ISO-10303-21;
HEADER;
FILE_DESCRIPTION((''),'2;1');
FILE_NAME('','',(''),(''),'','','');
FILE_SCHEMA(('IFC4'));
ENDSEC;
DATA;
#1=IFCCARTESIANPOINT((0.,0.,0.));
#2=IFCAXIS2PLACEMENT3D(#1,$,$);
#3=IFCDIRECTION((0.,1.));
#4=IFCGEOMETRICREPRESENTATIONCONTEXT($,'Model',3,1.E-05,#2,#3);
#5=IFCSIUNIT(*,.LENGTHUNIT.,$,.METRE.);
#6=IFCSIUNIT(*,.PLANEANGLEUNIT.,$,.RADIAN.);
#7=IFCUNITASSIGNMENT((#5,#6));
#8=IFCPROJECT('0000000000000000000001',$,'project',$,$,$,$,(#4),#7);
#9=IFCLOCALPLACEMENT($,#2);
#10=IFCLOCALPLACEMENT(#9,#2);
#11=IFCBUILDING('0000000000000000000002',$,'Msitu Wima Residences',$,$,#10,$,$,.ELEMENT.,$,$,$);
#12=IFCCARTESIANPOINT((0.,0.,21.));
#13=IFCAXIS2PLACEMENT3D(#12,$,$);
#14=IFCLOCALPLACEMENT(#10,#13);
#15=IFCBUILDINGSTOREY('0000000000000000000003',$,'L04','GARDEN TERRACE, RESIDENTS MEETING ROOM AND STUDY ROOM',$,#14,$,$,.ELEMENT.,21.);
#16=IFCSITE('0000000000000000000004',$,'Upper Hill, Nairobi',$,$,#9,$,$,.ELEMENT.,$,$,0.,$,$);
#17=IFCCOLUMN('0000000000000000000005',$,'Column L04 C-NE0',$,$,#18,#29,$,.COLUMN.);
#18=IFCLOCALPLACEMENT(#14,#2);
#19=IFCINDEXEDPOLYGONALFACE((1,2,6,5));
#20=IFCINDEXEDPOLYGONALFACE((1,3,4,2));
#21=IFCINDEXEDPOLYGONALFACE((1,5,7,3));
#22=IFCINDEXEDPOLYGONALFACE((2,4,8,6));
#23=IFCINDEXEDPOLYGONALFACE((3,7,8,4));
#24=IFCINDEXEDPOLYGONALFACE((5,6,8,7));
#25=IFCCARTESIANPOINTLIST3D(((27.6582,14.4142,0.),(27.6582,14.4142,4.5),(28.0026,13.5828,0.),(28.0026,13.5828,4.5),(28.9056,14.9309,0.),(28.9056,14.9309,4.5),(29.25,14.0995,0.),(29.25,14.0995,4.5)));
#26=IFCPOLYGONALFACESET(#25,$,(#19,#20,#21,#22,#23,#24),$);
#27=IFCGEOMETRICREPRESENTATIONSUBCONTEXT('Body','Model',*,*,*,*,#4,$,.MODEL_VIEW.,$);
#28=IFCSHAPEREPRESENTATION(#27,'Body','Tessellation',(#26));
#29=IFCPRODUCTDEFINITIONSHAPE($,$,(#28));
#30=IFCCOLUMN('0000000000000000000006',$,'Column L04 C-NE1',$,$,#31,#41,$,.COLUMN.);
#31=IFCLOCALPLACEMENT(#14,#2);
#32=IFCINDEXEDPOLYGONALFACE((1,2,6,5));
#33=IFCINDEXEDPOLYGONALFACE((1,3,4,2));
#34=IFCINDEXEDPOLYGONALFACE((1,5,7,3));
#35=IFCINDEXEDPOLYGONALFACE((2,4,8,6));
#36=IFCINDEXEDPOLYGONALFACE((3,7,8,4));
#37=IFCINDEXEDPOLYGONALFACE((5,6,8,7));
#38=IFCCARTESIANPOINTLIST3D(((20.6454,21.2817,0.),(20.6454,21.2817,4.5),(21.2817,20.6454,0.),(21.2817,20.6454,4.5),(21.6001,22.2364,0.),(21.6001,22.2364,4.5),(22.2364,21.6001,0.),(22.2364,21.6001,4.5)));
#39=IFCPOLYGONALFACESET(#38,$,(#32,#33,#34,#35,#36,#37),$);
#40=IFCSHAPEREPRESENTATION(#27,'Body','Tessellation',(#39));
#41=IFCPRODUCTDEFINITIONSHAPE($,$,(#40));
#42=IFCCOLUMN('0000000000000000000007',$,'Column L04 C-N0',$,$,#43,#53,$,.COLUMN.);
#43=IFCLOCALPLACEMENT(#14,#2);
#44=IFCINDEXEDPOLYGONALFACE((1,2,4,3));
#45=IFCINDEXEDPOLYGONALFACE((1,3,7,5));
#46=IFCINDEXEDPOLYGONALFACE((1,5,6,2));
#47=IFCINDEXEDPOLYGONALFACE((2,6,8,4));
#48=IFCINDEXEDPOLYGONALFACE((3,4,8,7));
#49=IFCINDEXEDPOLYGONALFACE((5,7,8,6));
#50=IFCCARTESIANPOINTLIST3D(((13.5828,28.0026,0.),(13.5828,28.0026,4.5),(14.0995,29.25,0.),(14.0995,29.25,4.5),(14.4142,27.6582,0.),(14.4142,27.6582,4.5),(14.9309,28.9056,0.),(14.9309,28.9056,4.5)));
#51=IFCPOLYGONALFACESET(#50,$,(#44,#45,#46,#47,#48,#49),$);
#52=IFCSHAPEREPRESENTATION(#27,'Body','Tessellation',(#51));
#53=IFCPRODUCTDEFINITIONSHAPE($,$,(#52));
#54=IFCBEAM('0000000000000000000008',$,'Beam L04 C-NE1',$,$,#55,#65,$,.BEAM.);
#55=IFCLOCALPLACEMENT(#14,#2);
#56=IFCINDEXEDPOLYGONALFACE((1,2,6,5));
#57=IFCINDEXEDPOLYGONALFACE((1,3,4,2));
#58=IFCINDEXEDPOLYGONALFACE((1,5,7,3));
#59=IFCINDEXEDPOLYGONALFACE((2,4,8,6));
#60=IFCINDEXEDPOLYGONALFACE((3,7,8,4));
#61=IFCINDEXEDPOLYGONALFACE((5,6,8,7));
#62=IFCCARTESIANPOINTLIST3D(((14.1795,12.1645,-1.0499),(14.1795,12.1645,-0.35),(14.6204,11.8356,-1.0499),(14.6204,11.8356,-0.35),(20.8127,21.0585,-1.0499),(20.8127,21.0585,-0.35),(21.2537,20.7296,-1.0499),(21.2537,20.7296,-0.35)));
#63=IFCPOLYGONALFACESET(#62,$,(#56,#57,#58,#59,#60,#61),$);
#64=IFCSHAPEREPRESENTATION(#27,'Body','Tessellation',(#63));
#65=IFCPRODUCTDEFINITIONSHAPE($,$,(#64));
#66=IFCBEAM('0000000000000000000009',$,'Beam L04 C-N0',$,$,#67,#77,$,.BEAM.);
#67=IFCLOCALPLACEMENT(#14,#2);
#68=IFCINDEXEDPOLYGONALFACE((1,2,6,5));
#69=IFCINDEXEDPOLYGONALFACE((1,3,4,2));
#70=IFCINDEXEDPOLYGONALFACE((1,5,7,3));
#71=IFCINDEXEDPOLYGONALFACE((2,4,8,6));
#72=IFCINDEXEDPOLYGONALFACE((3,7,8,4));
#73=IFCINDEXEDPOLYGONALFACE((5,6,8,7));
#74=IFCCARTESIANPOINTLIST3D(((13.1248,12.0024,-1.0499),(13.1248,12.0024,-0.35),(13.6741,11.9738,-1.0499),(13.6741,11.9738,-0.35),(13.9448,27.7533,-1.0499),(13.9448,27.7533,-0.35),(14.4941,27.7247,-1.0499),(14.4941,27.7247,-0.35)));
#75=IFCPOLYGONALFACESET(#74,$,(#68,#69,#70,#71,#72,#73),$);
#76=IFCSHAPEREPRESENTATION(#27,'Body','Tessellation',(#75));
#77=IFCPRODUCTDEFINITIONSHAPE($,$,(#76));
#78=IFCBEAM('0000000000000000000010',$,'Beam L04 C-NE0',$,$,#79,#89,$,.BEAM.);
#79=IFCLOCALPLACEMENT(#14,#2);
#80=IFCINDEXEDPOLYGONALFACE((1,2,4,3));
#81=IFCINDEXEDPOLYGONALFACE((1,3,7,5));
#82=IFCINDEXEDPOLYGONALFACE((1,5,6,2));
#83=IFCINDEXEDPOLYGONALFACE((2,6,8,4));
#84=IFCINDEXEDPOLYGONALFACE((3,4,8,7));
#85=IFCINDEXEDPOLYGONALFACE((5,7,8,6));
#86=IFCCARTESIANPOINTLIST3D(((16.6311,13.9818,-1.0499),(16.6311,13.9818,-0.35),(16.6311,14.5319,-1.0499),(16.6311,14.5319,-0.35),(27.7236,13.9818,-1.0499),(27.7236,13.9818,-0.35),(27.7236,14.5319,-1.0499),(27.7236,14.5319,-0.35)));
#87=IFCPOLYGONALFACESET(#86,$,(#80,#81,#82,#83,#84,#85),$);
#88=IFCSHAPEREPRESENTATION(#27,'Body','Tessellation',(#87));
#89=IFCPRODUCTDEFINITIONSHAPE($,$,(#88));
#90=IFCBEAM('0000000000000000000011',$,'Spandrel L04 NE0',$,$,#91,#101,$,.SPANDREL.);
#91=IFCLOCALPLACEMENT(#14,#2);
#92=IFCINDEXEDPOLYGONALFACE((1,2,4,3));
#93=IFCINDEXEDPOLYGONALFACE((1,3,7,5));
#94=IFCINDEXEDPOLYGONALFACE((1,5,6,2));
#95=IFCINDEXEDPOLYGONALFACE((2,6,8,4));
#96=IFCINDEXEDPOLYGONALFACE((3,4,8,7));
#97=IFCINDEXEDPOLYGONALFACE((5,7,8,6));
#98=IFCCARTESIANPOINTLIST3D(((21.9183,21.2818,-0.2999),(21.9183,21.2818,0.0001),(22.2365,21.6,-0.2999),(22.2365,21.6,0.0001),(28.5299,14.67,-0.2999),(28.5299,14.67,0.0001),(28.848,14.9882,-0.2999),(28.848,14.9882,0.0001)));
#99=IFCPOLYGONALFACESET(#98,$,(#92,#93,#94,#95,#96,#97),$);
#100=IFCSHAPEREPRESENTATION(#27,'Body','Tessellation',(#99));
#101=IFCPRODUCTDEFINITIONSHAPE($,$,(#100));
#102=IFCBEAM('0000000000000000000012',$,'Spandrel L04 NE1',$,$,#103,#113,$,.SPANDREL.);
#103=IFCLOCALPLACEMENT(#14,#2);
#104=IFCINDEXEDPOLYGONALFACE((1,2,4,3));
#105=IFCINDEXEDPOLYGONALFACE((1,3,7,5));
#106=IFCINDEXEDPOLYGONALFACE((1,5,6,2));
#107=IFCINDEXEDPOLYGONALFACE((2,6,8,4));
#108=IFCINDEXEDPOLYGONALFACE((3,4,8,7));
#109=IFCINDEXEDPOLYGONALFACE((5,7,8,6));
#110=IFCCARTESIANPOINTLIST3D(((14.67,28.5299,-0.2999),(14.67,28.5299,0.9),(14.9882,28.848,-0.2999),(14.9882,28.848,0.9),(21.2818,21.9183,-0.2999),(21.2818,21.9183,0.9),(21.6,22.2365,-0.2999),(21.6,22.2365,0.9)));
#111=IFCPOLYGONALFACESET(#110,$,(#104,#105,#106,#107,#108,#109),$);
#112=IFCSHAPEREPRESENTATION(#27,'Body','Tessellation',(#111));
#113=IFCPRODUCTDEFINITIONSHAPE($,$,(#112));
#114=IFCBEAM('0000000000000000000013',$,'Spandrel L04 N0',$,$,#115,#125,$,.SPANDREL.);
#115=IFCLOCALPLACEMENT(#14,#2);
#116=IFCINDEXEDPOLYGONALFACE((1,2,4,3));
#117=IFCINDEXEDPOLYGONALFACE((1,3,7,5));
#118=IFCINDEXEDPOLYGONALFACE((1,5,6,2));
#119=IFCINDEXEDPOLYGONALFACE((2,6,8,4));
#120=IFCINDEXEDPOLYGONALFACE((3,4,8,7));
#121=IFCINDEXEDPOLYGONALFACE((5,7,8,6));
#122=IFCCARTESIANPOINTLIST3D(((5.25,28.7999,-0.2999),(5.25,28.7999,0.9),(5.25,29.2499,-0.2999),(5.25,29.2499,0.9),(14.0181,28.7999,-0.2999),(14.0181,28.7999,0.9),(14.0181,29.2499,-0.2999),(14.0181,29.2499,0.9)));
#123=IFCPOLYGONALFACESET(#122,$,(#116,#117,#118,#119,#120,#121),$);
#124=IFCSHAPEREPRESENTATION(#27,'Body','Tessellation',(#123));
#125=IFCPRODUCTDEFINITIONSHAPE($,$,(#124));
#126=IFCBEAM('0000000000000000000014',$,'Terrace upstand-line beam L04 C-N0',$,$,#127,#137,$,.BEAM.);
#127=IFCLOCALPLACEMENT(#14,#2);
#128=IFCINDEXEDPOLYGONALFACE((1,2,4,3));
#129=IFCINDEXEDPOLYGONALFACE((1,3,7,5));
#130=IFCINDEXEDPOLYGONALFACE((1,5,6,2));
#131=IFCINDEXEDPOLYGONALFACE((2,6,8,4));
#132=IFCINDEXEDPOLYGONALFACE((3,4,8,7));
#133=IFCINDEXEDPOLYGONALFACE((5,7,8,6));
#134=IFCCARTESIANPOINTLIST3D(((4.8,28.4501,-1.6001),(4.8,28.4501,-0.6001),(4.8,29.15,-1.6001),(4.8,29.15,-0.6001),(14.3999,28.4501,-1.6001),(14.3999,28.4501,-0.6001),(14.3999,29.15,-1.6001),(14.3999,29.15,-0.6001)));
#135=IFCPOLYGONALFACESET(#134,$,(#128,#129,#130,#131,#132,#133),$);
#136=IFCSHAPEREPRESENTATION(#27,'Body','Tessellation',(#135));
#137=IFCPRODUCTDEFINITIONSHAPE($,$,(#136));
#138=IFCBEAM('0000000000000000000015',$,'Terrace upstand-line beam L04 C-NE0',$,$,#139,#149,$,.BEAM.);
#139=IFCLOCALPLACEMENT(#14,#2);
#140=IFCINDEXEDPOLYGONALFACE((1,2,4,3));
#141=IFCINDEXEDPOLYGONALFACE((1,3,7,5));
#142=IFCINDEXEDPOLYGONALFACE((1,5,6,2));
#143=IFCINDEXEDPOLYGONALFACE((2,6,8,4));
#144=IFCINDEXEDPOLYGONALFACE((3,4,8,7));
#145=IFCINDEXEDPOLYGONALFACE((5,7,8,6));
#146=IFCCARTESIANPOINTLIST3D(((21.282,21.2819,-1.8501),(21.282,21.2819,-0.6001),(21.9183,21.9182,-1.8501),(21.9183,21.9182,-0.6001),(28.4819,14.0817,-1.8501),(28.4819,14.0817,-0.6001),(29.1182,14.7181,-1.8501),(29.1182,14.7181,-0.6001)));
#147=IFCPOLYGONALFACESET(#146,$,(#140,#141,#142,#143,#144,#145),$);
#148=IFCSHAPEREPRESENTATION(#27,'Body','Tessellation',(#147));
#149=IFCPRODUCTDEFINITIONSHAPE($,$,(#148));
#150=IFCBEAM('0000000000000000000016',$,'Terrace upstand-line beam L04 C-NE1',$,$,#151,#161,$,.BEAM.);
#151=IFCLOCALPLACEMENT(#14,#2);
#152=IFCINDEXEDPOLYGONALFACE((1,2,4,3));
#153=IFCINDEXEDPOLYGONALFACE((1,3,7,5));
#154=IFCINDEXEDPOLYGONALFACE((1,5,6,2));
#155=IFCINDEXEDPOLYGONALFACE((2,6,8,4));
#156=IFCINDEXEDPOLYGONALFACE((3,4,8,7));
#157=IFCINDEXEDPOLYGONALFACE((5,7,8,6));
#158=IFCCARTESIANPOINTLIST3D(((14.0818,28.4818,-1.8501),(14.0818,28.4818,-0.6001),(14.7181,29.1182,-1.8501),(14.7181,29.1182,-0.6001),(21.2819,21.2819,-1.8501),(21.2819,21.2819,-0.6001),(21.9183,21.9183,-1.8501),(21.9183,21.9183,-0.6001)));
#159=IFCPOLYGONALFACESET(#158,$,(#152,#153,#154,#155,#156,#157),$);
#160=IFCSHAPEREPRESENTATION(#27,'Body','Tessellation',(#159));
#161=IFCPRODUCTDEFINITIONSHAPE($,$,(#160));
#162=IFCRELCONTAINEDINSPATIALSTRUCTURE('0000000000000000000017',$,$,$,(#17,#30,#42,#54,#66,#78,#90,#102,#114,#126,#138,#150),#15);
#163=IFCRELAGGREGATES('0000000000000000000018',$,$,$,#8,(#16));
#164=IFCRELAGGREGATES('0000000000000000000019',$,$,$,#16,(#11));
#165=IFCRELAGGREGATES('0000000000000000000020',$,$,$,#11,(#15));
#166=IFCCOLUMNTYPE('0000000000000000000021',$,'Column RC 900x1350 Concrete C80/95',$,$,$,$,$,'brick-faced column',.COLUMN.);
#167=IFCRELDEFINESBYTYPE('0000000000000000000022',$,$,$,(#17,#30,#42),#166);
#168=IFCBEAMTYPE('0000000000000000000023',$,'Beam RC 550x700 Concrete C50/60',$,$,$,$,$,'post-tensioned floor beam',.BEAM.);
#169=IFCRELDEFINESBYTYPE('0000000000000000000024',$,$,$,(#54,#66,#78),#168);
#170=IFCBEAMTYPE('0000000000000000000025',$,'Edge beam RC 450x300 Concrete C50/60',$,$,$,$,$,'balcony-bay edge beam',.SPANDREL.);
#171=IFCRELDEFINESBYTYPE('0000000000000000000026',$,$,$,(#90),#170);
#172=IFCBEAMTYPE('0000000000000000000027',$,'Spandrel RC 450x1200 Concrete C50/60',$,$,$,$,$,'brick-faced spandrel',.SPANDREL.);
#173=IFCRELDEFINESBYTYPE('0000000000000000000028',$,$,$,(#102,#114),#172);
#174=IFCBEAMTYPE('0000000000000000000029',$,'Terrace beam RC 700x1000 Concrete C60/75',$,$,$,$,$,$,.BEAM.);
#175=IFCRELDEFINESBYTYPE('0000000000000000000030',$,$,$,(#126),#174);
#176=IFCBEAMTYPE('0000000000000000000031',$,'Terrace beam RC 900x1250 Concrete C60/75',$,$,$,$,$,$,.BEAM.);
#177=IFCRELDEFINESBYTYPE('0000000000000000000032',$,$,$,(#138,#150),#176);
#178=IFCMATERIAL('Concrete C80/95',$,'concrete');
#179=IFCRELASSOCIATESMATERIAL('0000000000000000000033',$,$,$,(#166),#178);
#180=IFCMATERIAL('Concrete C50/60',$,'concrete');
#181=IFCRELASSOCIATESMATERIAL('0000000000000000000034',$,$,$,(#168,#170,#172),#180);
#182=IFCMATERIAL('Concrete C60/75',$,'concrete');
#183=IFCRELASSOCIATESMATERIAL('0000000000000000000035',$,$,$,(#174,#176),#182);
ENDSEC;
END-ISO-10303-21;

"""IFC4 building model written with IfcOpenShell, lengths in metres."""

from ifc_helpers import new_model, si_unit, direction, frame, origin, origin_2d, place, context, subcontext, project, spatial, rectangle, extrude, material, material_profile, profile_set, type_object, element, save


model = new_model("IFC4")

# Units and contexts
model_context = context("Model", 3, precision=1e-05, world=origin(), true_north=direction((0.0, 1.0)))
body_context = subcontext(model_context, "Body", "Model", "MODEL_VIEW")
ifc_project = project(units=[si_unit("LENGTHUNIT", "METRE"), si_unit("PLANEANGLEUNIT", "RADIAN")], contexts=[model_context])

# Site, building, storey
site_placement = place(None, origin())
site = spatial("IfcSite", under=ifc_project, at=site_placement, Name="Upper Hill, Nairobi", CompositionType="ELEMENT", RefElevation=0.0)
building_placement = place(site_placement, origin())
building = spatial("IfcBuilding", under=site, at=building_placement, Name="Msitu Wima Residences", CompositionType="ELEMENT")
storey_placement = place(building_placement, frame((0.0, 0.0, 21.0)))
storey = spatial("IfcBuildingStorey", under=building, at=storey_placement, Name="L04", Description="GARDEN TERRACE, RESIDENTS MEETING ROOM AND STUDY ROOM", CompositionType="ELEMENT", Elevation=21.0)

# Columns
ifc_material_1 = material(Name="Concrete C80/95", Category="concrete")
ifc_material_profile_1 = material_profile(ifc_material_1, rectangle(XDim=0.8999, YDim=1.3501, at=origin_2d()), Name="RC 900x1350")
ifc_profile_set_1 = profile_set([ifc_material_profile_1], Name="Concrete C80/95")
column_type = type_object("IfcColumnType", Name="Column RC 900x1350 Concrete C80/95", ElementType="brick-faced column", PredefinedType="COLUMN", material=ifc_profile_set_1)
for number, where, z_axis, x_axis, name in (
    (1, (28.4541, 14.2568, 0.0), (0.0, 0.0, 1.0), (-0.382683, 0.92388, 0.0), "Column L04 C-NE0"),
    (2, (21.4409, 21.4409, 0.0), (0.0, 0.0, 1.0), (-0.707107, 0.707107, 0.0), "Column L04 C-NE1"),
    (3, (14.2568, 28.4541, 0.0), (0.0, 0.0, 1.0), (-0.92388, 0.382683, 0.0), "Column L04 C-N0"),
):
    element("IfcColumn", number, at=place(storey_placement, frame(where, z_axis=z_axis, x_axis=x_axis)), inside=storey, type_object=column_type, Name=name, PredefinedType="COLUMN", context=body_context, shape_type="SweptSolid", body=[
        extrude(rectangle(XDim=0.8999, YDim=1.3501, at=origin_2d()), origin(), (0.0, 0.0, 1.0), 4.5),
    ])

# Beams
ifc_material_2 = material(Name="Concrete C50/60", Category="concrete")
ifc_material_profile_2 = material_profile(ifc_material_2, rectangle(XDim=0.55, YDim=0.7, at=origin_2d()), Name="RC 550x700")
ifc_profile_set_2 = profile_set([ifc_material_profile_2], Name="Concrete C50/60")
beam_type_1 = type_object("IfcBeamType", Name="Beam RC 550x700 Concrete C50/60", ElementType="post-tensioned floor beam", PredefinedType="BEAM", material=ifc_profile_set_2)
beam_1_placement = place(storey_placement, frame((21.0332, 20.894, -0.7), z_axis=(-0.59785, -0.801608, 0.0), x_axis=(0.801608, -0.59785, 0.0)))
element("IfcBeam", 4, at=beam_1_placement, inside=storey, type_object=beam_type_1, Name="Beam L04 C-NE1", PredefinedType="BEAM", context=body_context, shape_type="SweptSolid", body=[
    extrude(rectangle(XDim=0.55, YDim=0.7, at=origin_2d()), origin(), (0.0, 0.0, 1.0), 11.0952),
])
beam_2_placement = place(storey_placement, frame((14.2195, 27.739, -0.7), z_axis=(-0.051994, -0.998647, 0.0), x_axis=(0.998647, -0.051994, 0.0)))
element("IfcBeam", 5, at=beam_2_placement, inside=storey, type_object=beam_type_1, Name="Beam L04 C-N0", PredefinedType="BEAM", context=body_context, shape_type="SweptSolid", body=[
    extrude(rectangle(XDim=0.55, YDim=0.7, at=origin_2d()), origin(), (0.0, 0.0, 1.0), 15.7722),
])
beam_3_placement = place(storey_placement, frame((27.7236, 14.2568, -0.7), z_axis=(-1.0, 0.0, 0.0), x_axis=(0.0, -1.0, 0.0)))
element("IfcBeam", 6, at=beam_3_placement, inside=storey, type_object=beam_type_1, Name="Beam L04 C-NE0", PredefinedType="BEAM", context=body_context, shape_type="SweptSolid", body=[
    extrude(rectangle(XDim=0.55, YDim=0.7, at=origin_2d()), origin(), (0.0, 0.0, 1.0), 11.0925),
])
ifc_material_profile_3 = material_profile(ifc_material_2, rectangle(XDim=0.45, YDim=0.3, at=origin_2d()), Name="RC 450x300")
ifc_profile_set_3 = profile_set([ifc_material_profile_3], Name="Concrete C50/60")
beam_type_2 = type_object("IfcBeamType", Name="Edge beam RC 450x300 Concrete C50/60", ElementType="balcony-bay edge beam", PredefinedType="SPANDREL", material=ifc_profile_set_3)
beam_4_placement = place(storey_placement, frame((28.689, 14.8291, -0.1499), z_axis=(-0.707094, 0.70712, 0.0), x_axis=(-0.70712, -0.707094, 0.0)))
element("IfcBeam", 7, at=beam_4_placement, inside=storey, type_object=beam_type_2, Name="Spandrel L04 NE0", PredefinedType="SPANDREL", context=body_context, shape_type="SweptSolid", body=[
    extrude(rectangle(XDim=0.45, YDim=0.3, at=origin_2d()), origin(), (0.0, 0.0, 1.0), 9.3503),
])
ifc_material_profile_4 = material_profile(ifc_material_2, rectangle(XDim=0.45, YDim=1.2, at=origin_2d()), Name="RC 450x1200")
ifc_profile_set_4 = profile_set([ifc_material_profile_4], Name="Concrete C50/60")
beam_type_3 = type_object("IfcBeamType", Name="Spandrel RC 450x1200 Concrete C50/60", ElementType="brick-faced spandrel", PredefinedType="SPANDREL", material=ifc_profile_set_4)
beam_5_placement = place(storey_placement, frame((21.4409, 22.0774, 0.3), z_axis=(-0.70712, 0.707094, 0.0), x_axis=(-0.707094, -0.70712, 0.0)))
element("IfcBeam", 8, at=beam_5_placement, inside=storey, type_object=beam_type_3, Name="Spandrel L04 NE1", PredefinedType="SPANDREL", context=body_context, shape_type="SweptSolid", body=[
    extrude(rectangle(XDim=0.45, YDim=1.2, at=origin_2d()), origin(), (0.0, 0.0, 1.0), 9.3503),
])
beam_6_placement = place(storey_placement, frame((14.0181, 29.0249, 0.3), z_axis=(-1.0, 0.0, 0.0), x_axis=(0.0, -1.0, 0.0)))
element("IfcBeam", 9, at=beam_6_placement, inside=storey, type_object=beam_type_3, Name="Spandrel L04 N0", PredefinedType="SPANDREL", context=body_context, shape_type="SweptSolid", body=[
    extrude(rectangle(XDim=0.45, YDim=1.2, at=origin_2d()), origin(), (0.0, 0.0, 1.0), 8.7681),
])
ifc_material_3 = material(Name="Concrete C60/75", Category="concrete")
ifc_material_profile_5 = material_profile(ifc_material_3, rectangle(XDim=0.7, YDim=1.0, at=origin_2d()), Name="RC 700x1000")
ifc_profile_set_5 = profile_set([ifc_material_profile_5], Name="Concrete C60/75")
beam_type_4 = type_object("IfcBeamType", Name="Terrace beam RC 700x1000 Concrete C60/75", PredefinedType="BEAM", material=ifc_profile_set_5)
beam_7_placement = place(storey_placement, frame((14.3999, 28.8, -1.1001), z_axis=(-1.0, 0.0, 0.0), x_axis=(0.0, -1.0, 0.0)))
element("IfcBeam", 10, at=beam_7_placement, inside=storey, type_object=beam_type_4, Name="Terrace upstand-line beam L04 C-N0", PredefinedType="BEAM", context=body_context, shape_type="SweptSolid", body=[
    extrude(rectangle(XDim=0.7, YDim=1.0, at=origin_2d()), origin(), (0.0, 0.0, 1.0), 9.5999),
])
ifc_material_profile_6 = material_profile(ifc_material_3, rectangle(XDim=0.8999, YDim=1.25, at=origin_2d()), Name="RC 900x1250")
ifc_profile_set_6 = profile_set([ifc_material_profile_6], Name="Concrete C60/75")
beam_type_5 = type_object("IfcBeamType", Name="Terrace beam RC 900x1250 Concrete C60/75", PredefinedType="BEAM", material=ifc_profile_set_6)
for number, where, z_axis, x_axis, name in (
    (11, (28.8, 14.3999, -1.2251), (-0.707095, 0.707119, 0.0), (-0.707119, -0.707095, 0.0), "Terrace upstand-line beam L04 C-NE0"),
    (12, (21.6001, 21.6001, -1.2251), (-0.707119, 0.707095, 0.0), (-0.707095, -0.707119, 0.0), "Terrace upstand-line beam L04 C-NE1"),
):
    element("IfcBeam", number, at=place(storey_placement, frame(where, z_axis=z_axis, x_axis=x_axis)), inside=storey, type_object=beam_type_5, Name=name, PredefinedType="BEAM", context=body_context, shape_type="SweptSolid", body=[
        extrude(rectangle(XDim=0.8999, YDim=1.25, at=origin_2d()), origin(), (0.0, 0.0, 1.0), 10.1824),
    ])

save(model, "model.ifc")
